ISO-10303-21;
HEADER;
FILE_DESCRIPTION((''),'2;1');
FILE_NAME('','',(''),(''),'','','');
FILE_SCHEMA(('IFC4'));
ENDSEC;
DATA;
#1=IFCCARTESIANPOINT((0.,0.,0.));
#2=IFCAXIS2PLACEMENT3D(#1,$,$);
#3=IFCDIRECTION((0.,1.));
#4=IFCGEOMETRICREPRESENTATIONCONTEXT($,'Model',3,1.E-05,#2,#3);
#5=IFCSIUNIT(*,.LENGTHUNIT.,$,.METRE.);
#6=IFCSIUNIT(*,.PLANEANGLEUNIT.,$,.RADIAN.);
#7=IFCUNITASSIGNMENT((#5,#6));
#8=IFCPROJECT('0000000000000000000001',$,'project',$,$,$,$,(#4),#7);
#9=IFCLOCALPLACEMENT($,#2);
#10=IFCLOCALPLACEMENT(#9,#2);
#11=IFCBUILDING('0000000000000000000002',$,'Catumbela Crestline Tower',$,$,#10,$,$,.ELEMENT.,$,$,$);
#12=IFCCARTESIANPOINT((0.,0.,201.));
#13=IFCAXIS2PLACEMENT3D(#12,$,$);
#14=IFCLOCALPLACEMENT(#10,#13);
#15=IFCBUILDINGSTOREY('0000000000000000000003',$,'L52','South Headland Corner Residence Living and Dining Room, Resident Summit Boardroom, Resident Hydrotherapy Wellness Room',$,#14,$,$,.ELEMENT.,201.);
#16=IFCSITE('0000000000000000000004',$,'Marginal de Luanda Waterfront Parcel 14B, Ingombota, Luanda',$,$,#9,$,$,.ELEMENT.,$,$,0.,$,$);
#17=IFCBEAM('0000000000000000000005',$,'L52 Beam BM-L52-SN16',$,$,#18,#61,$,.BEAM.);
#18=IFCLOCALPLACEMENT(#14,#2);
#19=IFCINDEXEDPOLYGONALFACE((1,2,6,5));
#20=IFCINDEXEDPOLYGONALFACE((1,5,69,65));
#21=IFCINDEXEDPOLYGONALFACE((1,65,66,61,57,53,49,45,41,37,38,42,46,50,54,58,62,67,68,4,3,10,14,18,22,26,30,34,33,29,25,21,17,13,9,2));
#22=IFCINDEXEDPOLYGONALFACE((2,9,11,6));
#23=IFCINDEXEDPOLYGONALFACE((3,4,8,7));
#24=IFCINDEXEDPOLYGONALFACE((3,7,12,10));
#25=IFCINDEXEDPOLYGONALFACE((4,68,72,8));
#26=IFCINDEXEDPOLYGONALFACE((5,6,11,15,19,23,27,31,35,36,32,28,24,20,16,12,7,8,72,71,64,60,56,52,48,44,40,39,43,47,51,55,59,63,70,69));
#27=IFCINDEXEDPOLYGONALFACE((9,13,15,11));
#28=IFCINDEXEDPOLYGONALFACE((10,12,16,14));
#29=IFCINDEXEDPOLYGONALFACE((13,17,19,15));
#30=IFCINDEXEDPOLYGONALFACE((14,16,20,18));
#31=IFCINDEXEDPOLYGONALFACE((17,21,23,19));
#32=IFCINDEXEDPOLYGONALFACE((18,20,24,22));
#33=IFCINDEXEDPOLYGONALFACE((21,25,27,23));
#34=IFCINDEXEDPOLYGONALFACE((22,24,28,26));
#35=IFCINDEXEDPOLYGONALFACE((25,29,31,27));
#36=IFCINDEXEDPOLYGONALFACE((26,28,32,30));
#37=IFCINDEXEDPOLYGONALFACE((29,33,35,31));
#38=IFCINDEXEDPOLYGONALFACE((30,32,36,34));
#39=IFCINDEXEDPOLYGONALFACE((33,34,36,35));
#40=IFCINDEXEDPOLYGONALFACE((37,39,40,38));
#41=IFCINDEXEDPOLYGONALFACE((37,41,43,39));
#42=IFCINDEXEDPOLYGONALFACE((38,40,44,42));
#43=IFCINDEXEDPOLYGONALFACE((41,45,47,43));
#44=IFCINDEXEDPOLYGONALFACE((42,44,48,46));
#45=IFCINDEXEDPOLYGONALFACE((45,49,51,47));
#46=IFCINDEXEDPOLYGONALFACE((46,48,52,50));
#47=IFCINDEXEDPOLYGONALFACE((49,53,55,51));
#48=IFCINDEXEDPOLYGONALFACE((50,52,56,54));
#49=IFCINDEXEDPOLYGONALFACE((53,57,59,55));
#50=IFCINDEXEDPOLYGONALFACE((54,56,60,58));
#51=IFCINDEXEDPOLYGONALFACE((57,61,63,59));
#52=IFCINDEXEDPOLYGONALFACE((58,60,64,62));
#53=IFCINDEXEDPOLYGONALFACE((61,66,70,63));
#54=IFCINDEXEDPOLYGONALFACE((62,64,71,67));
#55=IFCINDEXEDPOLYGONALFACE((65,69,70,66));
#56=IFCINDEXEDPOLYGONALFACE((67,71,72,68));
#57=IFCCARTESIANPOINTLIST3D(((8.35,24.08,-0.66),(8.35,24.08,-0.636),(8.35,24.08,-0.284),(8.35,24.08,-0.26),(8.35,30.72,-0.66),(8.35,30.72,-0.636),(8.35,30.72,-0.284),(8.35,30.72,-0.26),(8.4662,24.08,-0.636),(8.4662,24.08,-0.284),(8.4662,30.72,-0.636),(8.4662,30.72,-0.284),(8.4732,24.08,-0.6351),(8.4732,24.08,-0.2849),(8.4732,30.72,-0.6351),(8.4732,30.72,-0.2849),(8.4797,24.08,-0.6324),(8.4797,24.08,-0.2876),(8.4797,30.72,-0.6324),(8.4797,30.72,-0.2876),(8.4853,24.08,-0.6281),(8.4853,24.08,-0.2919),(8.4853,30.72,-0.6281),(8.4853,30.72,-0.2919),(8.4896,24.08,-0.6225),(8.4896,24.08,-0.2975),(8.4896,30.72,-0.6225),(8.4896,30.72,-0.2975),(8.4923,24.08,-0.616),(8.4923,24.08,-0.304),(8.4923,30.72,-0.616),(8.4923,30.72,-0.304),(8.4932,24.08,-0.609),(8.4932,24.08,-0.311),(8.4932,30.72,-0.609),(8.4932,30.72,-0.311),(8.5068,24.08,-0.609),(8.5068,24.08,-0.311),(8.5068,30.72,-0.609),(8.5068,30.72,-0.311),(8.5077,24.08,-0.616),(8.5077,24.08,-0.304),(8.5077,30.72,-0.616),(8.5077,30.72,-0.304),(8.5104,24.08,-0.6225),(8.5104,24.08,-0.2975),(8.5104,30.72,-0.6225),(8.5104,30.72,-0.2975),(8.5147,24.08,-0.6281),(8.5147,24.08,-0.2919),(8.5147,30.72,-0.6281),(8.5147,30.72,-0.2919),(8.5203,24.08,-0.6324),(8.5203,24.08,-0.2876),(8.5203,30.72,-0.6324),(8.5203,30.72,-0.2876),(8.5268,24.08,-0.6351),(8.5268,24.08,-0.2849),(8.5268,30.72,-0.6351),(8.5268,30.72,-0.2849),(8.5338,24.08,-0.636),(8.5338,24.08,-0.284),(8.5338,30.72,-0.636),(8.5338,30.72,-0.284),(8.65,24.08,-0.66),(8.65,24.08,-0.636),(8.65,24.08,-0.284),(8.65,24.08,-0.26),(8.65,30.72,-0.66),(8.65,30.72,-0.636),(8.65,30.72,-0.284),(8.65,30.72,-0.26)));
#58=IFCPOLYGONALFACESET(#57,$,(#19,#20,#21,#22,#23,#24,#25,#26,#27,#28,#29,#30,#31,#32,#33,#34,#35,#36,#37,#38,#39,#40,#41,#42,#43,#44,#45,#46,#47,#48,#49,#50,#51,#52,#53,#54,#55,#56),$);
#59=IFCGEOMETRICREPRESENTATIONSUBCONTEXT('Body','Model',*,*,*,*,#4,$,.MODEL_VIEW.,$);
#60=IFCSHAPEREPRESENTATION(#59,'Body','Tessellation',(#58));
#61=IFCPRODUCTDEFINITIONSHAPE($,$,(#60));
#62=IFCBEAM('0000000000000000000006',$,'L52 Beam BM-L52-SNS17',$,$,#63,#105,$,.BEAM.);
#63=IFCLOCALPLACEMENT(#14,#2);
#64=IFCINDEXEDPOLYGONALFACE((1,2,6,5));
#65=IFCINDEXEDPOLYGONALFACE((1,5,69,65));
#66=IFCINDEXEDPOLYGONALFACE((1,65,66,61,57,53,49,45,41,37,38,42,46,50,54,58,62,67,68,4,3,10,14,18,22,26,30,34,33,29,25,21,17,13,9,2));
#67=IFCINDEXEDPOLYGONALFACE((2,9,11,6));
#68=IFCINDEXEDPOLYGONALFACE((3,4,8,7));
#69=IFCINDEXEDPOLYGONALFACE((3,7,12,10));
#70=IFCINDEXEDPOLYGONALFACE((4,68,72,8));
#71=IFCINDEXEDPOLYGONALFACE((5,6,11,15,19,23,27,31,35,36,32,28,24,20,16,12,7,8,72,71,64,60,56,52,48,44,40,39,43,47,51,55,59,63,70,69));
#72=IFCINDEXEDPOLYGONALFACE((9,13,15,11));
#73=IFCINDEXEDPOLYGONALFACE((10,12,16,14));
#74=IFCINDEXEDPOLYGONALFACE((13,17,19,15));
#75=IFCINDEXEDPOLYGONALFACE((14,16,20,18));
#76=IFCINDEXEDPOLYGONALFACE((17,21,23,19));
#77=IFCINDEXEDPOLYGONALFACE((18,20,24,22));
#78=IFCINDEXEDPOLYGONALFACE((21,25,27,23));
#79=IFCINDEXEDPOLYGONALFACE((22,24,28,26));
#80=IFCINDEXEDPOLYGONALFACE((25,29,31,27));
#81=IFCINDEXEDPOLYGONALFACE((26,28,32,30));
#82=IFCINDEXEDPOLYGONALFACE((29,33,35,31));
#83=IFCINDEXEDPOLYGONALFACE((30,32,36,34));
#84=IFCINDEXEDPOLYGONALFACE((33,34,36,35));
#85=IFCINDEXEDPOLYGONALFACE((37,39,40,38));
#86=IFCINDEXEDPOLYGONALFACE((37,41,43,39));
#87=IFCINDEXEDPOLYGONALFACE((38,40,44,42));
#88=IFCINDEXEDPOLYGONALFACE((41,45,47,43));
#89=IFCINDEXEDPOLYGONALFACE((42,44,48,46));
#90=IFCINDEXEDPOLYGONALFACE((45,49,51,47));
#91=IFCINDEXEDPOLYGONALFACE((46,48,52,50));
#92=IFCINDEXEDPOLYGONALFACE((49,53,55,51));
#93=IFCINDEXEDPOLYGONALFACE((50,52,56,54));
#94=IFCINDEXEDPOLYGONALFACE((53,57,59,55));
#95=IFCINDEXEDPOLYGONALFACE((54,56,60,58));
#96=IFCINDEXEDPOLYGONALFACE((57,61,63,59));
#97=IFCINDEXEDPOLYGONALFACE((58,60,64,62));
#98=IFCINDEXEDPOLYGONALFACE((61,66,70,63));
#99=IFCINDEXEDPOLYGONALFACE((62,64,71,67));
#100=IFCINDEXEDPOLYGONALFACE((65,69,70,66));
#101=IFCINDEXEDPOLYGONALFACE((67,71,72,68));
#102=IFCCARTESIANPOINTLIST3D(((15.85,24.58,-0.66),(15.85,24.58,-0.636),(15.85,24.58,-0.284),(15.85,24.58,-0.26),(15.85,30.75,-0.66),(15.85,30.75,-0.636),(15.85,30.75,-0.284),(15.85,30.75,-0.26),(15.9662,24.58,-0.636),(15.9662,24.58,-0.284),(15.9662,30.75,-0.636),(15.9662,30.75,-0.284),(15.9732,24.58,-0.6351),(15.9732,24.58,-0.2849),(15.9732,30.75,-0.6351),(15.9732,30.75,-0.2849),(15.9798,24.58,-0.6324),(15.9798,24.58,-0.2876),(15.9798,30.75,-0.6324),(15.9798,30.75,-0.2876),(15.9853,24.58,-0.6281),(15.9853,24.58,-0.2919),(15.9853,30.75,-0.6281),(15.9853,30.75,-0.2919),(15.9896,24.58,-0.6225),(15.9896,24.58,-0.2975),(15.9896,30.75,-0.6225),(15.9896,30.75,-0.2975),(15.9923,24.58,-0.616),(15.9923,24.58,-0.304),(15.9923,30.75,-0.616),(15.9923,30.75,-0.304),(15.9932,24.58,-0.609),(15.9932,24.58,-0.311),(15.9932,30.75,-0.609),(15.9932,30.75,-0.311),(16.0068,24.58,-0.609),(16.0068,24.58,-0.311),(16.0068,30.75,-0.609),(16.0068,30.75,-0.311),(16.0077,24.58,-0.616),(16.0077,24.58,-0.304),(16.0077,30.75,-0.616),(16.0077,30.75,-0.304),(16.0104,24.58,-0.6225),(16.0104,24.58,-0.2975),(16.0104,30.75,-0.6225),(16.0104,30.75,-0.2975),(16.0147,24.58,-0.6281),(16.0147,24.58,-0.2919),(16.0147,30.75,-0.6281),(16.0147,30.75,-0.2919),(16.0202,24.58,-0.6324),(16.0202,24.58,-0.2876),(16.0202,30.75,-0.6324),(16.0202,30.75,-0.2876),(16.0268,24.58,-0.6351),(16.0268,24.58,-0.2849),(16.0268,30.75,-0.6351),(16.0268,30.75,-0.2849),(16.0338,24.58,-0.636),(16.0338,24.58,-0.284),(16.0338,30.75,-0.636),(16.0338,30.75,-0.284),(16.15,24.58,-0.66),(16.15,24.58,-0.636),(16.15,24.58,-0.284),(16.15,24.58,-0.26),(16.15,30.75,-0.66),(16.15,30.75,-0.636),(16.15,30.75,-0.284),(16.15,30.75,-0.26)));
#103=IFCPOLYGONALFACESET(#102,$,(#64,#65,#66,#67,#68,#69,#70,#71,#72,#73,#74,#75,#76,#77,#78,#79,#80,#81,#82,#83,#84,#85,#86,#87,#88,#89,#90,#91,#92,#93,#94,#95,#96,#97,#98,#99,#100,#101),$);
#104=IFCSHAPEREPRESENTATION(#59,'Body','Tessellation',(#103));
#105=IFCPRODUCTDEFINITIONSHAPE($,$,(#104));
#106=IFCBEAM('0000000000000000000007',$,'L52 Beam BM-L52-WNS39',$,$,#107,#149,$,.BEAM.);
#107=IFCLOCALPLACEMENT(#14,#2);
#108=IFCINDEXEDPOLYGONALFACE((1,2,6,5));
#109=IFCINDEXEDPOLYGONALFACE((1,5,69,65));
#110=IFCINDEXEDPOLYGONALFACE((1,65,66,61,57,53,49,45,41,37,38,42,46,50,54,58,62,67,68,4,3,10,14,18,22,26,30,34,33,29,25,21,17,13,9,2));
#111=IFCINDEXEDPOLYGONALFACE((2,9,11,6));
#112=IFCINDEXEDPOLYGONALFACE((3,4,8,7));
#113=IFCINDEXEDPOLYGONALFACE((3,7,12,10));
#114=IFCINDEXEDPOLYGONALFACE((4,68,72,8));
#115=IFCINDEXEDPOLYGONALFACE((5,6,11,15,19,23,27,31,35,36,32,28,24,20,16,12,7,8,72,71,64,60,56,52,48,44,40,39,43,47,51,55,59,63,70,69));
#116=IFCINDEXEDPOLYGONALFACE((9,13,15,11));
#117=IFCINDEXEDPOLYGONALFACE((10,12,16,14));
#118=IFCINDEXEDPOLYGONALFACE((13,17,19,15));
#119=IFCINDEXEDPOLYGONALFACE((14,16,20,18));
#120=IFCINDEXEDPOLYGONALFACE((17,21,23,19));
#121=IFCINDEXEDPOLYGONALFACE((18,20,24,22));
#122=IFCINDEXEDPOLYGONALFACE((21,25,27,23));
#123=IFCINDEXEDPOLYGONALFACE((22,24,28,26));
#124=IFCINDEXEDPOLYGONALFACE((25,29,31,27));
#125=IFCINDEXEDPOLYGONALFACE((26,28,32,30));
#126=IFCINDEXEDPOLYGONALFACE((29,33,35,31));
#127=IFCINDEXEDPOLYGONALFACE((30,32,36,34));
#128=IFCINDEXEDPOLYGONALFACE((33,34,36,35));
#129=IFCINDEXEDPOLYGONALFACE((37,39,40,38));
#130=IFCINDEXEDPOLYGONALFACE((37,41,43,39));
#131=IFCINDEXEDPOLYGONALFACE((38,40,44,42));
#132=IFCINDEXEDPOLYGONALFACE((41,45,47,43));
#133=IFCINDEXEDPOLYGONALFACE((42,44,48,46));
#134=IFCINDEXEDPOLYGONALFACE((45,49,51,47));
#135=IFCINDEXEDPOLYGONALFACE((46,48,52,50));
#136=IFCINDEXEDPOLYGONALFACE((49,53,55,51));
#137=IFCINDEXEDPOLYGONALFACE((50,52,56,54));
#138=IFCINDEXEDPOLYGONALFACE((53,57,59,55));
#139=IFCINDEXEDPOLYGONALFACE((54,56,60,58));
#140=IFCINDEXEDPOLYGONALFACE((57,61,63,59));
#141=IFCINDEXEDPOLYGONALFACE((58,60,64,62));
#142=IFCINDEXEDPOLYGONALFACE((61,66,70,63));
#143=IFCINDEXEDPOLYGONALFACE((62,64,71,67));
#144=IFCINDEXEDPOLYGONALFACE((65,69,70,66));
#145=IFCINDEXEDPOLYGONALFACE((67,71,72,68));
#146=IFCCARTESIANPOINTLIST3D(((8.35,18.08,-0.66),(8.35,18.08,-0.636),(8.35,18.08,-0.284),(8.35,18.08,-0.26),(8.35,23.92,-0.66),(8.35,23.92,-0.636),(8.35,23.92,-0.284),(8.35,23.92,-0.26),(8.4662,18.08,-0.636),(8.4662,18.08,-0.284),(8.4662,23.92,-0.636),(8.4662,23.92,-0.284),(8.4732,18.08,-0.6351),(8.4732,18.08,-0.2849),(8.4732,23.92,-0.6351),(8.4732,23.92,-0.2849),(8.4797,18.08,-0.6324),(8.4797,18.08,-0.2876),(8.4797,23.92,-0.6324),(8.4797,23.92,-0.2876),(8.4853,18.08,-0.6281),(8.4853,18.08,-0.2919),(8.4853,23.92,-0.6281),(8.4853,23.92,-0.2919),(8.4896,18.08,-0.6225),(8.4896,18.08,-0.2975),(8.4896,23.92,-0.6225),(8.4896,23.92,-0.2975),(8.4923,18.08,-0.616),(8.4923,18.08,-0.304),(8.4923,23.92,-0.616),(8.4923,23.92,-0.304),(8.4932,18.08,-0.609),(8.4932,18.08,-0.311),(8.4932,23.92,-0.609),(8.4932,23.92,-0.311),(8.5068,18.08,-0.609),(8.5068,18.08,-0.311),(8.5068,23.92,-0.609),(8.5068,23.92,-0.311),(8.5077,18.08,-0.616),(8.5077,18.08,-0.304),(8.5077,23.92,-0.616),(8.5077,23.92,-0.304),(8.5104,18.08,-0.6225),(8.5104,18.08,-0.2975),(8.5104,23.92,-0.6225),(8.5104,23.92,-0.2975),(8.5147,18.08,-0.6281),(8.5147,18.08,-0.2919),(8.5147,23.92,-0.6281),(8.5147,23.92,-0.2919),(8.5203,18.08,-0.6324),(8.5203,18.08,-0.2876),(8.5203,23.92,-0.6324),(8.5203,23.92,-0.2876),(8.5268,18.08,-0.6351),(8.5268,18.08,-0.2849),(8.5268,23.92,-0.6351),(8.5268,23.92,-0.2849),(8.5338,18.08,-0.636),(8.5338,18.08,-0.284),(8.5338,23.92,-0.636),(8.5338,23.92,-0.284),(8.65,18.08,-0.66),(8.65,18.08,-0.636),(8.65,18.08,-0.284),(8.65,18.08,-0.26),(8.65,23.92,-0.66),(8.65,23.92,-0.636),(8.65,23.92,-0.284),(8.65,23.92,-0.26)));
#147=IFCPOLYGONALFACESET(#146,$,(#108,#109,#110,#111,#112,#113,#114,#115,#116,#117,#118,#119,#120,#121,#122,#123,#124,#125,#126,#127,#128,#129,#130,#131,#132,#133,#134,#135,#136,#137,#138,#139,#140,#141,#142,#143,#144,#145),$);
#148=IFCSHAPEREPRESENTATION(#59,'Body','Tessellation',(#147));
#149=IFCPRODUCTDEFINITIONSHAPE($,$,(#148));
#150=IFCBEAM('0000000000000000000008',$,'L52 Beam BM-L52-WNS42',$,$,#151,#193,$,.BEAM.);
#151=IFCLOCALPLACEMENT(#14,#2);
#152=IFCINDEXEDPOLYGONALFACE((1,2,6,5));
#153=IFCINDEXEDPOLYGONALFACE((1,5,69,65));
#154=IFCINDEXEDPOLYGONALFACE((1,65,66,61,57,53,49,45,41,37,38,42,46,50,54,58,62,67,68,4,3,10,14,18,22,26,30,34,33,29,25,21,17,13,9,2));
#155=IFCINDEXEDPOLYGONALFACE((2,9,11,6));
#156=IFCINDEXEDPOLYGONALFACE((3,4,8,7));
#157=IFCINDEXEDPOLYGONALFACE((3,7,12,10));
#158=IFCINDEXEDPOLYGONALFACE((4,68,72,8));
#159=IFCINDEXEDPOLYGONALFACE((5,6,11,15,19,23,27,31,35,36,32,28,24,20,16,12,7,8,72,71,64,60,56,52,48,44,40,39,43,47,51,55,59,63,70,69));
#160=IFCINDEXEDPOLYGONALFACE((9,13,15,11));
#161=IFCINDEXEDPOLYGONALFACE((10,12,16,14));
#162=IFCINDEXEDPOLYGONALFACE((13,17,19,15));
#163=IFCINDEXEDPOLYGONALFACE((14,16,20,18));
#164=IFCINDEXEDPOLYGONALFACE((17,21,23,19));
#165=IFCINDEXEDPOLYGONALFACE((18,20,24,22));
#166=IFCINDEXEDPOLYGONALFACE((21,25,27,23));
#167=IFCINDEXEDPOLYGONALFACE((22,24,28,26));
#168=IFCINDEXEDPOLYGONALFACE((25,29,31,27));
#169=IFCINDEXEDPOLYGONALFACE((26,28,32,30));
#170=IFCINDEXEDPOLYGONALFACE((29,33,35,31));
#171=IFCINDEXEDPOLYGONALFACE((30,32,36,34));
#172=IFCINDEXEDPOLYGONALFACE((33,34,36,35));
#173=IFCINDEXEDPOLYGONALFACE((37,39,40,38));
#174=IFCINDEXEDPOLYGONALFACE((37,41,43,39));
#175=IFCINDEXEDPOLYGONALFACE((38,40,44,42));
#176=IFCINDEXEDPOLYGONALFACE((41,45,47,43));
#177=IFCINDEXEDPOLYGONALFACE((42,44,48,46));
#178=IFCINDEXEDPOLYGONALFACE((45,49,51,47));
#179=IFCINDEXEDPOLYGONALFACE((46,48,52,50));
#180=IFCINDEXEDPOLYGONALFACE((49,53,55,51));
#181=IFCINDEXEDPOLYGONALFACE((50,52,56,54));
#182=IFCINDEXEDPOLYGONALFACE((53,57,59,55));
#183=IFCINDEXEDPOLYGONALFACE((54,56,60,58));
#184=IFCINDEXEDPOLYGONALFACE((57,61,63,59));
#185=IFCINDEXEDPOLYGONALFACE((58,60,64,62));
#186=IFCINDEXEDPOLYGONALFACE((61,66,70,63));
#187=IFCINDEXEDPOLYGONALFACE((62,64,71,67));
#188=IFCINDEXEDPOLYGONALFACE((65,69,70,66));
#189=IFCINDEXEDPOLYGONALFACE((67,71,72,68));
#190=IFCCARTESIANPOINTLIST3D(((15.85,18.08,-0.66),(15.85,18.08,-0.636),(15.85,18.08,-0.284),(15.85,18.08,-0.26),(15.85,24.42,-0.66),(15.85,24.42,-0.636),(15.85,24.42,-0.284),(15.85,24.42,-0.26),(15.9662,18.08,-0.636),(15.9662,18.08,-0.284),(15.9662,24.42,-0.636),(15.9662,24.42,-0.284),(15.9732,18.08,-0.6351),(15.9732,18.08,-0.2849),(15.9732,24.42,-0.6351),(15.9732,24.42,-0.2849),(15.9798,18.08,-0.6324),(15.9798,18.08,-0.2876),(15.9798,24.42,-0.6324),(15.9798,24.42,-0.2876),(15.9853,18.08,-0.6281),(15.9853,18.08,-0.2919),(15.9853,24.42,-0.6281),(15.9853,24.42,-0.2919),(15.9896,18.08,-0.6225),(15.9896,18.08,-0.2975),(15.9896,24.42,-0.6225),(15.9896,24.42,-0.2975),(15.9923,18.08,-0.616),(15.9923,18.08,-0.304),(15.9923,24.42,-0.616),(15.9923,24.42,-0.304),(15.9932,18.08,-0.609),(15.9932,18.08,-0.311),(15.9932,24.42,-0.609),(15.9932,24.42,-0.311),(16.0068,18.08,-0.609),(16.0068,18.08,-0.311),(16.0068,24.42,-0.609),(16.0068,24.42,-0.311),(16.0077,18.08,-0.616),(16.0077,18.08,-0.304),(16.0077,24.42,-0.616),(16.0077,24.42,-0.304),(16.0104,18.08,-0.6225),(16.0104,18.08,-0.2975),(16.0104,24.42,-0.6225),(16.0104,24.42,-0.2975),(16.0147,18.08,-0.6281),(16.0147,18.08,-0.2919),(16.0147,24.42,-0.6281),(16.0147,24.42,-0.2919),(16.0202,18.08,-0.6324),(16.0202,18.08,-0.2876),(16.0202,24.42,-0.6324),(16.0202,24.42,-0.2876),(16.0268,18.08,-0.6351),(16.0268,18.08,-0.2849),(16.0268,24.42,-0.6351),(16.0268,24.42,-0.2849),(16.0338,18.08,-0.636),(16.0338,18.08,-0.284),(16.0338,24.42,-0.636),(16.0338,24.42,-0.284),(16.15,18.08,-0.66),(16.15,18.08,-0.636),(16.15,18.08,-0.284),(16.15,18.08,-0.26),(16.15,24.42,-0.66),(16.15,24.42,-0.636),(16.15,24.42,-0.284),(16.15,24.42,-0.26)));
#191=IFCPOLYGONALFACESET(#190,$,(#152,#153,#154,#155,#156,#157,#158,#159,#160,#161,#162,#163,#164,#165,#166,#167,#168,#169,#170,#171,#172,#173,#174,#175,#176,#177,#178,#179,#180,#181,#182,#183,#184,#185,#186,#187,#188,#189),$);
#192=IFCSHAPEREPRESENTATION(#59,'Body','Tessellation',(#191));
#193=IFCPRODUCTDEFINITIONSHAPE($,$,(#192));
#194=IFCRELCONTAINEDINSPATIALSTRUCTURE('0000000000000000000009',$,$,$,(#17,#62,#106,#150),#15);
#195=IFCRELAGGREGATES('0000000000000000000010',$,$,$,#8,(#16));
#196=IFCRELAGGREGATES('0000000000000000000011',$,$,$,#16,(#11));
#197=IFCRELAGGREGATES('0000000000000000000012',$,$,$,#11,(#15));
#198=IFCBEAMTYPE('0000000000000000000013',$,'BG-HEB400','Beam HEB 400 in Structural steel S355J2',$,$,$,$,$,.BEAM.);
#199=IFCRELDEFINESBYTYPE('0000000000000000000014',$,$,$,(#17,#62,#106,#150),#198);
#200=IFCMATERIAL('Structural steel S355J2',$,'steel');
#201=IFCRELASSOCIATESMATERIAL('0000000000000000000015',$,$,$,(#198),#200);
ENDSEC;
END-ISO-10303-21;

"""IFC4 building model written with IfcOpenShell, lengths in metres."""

from ifc_helpers import new_model, si_unit, direction, frame, origin, origin_2d, place, context, subcontext, project, spatial, i_section, extrude, material, material_profile, profile_set, type_object, element, save


model = new_model("IFC4")

# Units and contexts
model_context = context("Model", 3, precision=1e-05, world=origin(), true_north=direction((0.0, 1.0)))
body_context = subcontext(model_context, "Body", "Model", "MODEL_VIEW")
ifc_project = project(units=[si_unit("LENGTHUNIT", "METRE"), si_unit("PLANEANGLEUNIT", "RADIAN")], contexts=[model_context])

# Site, building, storey
site_placement = place(None, origin())
site = spatial("IfcSite", under=ifc_project, at=site_placement, Name="Marginal de Luanda Waterfront Parcel 14B, Ingombota, Luanda", CompositionType="ELEMENT", RefElevation=0.0)
building_placement = place(site_placement, origin())
building = spatial("IfcBuilding", under=site, at=building_placement, Name="Catumbela Crestline Tower", CompositionType="ELEMENT")
storey_placement = place(building_placement, frame((0.0, 0.0, 201.0)))
storey = spatial("IfcBuildingStorey", under=building, at=storey_placement, Name="L52", Description="South Headland Corner Residence Living and Dining Room, Resident Summit Boardroom, Resident Hydrotherapy Wellness Room", CompositionType="ELEMENT", Elevation=201.0)

# Shared definitions
ifc_material_1 = material(Name="Structural steel S355J2", Category="steel")

# Beams
ifc_material_profile_1 = material_profile(ifc_material_1, i_section(OverallWidth=0.3, OverallDepth=0.4, WebThickness=0.0135, FlangeThickness=0.024, FilletRadius=0.027, at=origin_2d()), Name="HEB 400")
ifc_profile_set_1 = profile_set([ifc_material_profile_1], Name="Structural steel S355J2")
beam_type_1 = type_object("IfcBeamType", Name="BG-HEB400", Description="Beam HEB 400 in Structural steel S355J2", PredefinedType="BEAM", material=ifc_profile_set_1)
beam_1_placement = place(storey_placement, frame((8.5, 24.08, -0.46), z_axis=(0.0, 1.0, 0.0), x_axis=(-1.0, 0.0, 0.0)))
element("IfcBeam", 1, at=beam_1_placement, inside=storey, type_object=beam_type_1, Name="L52 Beam BM-L52-SN16", PredefinedType="BEAM", context=body_context, shape_type="SweptSolid", body=[
    extrude(i_section(OverallWidth=0.3, OverallDepth=0.4, WebThickness=0.0135, FlangeThickness=0.024, FilletRadius=0.027, at=origin_2d()), origin(), (0.0, 0.0, 1.0), 6.64),
])
beam_2_placement = place(storey_placement, frame((16.0, 24.58, -0.46), z_axis=(0.0, 1.0, 0.0), x_axis=(-1.0, 0.0, 0.0)))
element("IfcBeam", 2, at=beam_2_placement, inside=storey, type_object=beam_type_1, Name="L52 Beam BM-L52-SNS17", PredefinedType="BEAM", context=body_context, shape_type="SweptSolid", body=[
    extrude(i_section(OverallWidth=0.3, OverallDepth=0.4, WebThickness=0.0135, FlangeThickness=0.024, FilletRadius=0.027, at=origin_2d()), origin(), (0.0, 0.0, 1.0), 6.17),
])
beam_3_placement = place(storey_placement, frame((8.5, 18.08, -0.46), z_axis=(0.0, 1.0, 0.0), x_axis=(-1.0, 0.0, 0.0)))
element("IfcBeam", 3, at=beam_3_placement, inside=storey, type_object=beam_type_1, Name="L52 Beam BM-L52-WNS39", PredefinedType="BEAM", context=body_context, shape_type="SweptSolid", body=[
    extrude(i_section(OverallWidth=0.3, OverallDepth=0.4, WebThickness=0.0135, FlangeThickness=0.024, FilletRadius=0.027, at=origin_2d()), origin(), (0.0, 0.0, 1.0), 5.84),
])
beam_4_placement = place(storey_placement, frame((16.0, 18.08, -0.46), z_axis=(0.0, 1.0, 0.0), x_axis=(-1.0, 0.0, 0.0)))
element("IfcBeam", 4, at=beam_4_placement, inside=storey, type_object=beam_type_1, Name="L52 Beam BM-L52-WNS42", PredefinedType="BEAM", context=body_context, shape_type="SweptSolid", body=[
    extrude(i_section(OverallWidth=0.3, OverallDepth=0.4, WebThickness=0.0135, FlangeThickness=0.024, FilletRadius=0.027, at=origin_2d()), origin(), (0.0, 0.0, 1.0), 6.34),
])

save(model, "model.ifc")
